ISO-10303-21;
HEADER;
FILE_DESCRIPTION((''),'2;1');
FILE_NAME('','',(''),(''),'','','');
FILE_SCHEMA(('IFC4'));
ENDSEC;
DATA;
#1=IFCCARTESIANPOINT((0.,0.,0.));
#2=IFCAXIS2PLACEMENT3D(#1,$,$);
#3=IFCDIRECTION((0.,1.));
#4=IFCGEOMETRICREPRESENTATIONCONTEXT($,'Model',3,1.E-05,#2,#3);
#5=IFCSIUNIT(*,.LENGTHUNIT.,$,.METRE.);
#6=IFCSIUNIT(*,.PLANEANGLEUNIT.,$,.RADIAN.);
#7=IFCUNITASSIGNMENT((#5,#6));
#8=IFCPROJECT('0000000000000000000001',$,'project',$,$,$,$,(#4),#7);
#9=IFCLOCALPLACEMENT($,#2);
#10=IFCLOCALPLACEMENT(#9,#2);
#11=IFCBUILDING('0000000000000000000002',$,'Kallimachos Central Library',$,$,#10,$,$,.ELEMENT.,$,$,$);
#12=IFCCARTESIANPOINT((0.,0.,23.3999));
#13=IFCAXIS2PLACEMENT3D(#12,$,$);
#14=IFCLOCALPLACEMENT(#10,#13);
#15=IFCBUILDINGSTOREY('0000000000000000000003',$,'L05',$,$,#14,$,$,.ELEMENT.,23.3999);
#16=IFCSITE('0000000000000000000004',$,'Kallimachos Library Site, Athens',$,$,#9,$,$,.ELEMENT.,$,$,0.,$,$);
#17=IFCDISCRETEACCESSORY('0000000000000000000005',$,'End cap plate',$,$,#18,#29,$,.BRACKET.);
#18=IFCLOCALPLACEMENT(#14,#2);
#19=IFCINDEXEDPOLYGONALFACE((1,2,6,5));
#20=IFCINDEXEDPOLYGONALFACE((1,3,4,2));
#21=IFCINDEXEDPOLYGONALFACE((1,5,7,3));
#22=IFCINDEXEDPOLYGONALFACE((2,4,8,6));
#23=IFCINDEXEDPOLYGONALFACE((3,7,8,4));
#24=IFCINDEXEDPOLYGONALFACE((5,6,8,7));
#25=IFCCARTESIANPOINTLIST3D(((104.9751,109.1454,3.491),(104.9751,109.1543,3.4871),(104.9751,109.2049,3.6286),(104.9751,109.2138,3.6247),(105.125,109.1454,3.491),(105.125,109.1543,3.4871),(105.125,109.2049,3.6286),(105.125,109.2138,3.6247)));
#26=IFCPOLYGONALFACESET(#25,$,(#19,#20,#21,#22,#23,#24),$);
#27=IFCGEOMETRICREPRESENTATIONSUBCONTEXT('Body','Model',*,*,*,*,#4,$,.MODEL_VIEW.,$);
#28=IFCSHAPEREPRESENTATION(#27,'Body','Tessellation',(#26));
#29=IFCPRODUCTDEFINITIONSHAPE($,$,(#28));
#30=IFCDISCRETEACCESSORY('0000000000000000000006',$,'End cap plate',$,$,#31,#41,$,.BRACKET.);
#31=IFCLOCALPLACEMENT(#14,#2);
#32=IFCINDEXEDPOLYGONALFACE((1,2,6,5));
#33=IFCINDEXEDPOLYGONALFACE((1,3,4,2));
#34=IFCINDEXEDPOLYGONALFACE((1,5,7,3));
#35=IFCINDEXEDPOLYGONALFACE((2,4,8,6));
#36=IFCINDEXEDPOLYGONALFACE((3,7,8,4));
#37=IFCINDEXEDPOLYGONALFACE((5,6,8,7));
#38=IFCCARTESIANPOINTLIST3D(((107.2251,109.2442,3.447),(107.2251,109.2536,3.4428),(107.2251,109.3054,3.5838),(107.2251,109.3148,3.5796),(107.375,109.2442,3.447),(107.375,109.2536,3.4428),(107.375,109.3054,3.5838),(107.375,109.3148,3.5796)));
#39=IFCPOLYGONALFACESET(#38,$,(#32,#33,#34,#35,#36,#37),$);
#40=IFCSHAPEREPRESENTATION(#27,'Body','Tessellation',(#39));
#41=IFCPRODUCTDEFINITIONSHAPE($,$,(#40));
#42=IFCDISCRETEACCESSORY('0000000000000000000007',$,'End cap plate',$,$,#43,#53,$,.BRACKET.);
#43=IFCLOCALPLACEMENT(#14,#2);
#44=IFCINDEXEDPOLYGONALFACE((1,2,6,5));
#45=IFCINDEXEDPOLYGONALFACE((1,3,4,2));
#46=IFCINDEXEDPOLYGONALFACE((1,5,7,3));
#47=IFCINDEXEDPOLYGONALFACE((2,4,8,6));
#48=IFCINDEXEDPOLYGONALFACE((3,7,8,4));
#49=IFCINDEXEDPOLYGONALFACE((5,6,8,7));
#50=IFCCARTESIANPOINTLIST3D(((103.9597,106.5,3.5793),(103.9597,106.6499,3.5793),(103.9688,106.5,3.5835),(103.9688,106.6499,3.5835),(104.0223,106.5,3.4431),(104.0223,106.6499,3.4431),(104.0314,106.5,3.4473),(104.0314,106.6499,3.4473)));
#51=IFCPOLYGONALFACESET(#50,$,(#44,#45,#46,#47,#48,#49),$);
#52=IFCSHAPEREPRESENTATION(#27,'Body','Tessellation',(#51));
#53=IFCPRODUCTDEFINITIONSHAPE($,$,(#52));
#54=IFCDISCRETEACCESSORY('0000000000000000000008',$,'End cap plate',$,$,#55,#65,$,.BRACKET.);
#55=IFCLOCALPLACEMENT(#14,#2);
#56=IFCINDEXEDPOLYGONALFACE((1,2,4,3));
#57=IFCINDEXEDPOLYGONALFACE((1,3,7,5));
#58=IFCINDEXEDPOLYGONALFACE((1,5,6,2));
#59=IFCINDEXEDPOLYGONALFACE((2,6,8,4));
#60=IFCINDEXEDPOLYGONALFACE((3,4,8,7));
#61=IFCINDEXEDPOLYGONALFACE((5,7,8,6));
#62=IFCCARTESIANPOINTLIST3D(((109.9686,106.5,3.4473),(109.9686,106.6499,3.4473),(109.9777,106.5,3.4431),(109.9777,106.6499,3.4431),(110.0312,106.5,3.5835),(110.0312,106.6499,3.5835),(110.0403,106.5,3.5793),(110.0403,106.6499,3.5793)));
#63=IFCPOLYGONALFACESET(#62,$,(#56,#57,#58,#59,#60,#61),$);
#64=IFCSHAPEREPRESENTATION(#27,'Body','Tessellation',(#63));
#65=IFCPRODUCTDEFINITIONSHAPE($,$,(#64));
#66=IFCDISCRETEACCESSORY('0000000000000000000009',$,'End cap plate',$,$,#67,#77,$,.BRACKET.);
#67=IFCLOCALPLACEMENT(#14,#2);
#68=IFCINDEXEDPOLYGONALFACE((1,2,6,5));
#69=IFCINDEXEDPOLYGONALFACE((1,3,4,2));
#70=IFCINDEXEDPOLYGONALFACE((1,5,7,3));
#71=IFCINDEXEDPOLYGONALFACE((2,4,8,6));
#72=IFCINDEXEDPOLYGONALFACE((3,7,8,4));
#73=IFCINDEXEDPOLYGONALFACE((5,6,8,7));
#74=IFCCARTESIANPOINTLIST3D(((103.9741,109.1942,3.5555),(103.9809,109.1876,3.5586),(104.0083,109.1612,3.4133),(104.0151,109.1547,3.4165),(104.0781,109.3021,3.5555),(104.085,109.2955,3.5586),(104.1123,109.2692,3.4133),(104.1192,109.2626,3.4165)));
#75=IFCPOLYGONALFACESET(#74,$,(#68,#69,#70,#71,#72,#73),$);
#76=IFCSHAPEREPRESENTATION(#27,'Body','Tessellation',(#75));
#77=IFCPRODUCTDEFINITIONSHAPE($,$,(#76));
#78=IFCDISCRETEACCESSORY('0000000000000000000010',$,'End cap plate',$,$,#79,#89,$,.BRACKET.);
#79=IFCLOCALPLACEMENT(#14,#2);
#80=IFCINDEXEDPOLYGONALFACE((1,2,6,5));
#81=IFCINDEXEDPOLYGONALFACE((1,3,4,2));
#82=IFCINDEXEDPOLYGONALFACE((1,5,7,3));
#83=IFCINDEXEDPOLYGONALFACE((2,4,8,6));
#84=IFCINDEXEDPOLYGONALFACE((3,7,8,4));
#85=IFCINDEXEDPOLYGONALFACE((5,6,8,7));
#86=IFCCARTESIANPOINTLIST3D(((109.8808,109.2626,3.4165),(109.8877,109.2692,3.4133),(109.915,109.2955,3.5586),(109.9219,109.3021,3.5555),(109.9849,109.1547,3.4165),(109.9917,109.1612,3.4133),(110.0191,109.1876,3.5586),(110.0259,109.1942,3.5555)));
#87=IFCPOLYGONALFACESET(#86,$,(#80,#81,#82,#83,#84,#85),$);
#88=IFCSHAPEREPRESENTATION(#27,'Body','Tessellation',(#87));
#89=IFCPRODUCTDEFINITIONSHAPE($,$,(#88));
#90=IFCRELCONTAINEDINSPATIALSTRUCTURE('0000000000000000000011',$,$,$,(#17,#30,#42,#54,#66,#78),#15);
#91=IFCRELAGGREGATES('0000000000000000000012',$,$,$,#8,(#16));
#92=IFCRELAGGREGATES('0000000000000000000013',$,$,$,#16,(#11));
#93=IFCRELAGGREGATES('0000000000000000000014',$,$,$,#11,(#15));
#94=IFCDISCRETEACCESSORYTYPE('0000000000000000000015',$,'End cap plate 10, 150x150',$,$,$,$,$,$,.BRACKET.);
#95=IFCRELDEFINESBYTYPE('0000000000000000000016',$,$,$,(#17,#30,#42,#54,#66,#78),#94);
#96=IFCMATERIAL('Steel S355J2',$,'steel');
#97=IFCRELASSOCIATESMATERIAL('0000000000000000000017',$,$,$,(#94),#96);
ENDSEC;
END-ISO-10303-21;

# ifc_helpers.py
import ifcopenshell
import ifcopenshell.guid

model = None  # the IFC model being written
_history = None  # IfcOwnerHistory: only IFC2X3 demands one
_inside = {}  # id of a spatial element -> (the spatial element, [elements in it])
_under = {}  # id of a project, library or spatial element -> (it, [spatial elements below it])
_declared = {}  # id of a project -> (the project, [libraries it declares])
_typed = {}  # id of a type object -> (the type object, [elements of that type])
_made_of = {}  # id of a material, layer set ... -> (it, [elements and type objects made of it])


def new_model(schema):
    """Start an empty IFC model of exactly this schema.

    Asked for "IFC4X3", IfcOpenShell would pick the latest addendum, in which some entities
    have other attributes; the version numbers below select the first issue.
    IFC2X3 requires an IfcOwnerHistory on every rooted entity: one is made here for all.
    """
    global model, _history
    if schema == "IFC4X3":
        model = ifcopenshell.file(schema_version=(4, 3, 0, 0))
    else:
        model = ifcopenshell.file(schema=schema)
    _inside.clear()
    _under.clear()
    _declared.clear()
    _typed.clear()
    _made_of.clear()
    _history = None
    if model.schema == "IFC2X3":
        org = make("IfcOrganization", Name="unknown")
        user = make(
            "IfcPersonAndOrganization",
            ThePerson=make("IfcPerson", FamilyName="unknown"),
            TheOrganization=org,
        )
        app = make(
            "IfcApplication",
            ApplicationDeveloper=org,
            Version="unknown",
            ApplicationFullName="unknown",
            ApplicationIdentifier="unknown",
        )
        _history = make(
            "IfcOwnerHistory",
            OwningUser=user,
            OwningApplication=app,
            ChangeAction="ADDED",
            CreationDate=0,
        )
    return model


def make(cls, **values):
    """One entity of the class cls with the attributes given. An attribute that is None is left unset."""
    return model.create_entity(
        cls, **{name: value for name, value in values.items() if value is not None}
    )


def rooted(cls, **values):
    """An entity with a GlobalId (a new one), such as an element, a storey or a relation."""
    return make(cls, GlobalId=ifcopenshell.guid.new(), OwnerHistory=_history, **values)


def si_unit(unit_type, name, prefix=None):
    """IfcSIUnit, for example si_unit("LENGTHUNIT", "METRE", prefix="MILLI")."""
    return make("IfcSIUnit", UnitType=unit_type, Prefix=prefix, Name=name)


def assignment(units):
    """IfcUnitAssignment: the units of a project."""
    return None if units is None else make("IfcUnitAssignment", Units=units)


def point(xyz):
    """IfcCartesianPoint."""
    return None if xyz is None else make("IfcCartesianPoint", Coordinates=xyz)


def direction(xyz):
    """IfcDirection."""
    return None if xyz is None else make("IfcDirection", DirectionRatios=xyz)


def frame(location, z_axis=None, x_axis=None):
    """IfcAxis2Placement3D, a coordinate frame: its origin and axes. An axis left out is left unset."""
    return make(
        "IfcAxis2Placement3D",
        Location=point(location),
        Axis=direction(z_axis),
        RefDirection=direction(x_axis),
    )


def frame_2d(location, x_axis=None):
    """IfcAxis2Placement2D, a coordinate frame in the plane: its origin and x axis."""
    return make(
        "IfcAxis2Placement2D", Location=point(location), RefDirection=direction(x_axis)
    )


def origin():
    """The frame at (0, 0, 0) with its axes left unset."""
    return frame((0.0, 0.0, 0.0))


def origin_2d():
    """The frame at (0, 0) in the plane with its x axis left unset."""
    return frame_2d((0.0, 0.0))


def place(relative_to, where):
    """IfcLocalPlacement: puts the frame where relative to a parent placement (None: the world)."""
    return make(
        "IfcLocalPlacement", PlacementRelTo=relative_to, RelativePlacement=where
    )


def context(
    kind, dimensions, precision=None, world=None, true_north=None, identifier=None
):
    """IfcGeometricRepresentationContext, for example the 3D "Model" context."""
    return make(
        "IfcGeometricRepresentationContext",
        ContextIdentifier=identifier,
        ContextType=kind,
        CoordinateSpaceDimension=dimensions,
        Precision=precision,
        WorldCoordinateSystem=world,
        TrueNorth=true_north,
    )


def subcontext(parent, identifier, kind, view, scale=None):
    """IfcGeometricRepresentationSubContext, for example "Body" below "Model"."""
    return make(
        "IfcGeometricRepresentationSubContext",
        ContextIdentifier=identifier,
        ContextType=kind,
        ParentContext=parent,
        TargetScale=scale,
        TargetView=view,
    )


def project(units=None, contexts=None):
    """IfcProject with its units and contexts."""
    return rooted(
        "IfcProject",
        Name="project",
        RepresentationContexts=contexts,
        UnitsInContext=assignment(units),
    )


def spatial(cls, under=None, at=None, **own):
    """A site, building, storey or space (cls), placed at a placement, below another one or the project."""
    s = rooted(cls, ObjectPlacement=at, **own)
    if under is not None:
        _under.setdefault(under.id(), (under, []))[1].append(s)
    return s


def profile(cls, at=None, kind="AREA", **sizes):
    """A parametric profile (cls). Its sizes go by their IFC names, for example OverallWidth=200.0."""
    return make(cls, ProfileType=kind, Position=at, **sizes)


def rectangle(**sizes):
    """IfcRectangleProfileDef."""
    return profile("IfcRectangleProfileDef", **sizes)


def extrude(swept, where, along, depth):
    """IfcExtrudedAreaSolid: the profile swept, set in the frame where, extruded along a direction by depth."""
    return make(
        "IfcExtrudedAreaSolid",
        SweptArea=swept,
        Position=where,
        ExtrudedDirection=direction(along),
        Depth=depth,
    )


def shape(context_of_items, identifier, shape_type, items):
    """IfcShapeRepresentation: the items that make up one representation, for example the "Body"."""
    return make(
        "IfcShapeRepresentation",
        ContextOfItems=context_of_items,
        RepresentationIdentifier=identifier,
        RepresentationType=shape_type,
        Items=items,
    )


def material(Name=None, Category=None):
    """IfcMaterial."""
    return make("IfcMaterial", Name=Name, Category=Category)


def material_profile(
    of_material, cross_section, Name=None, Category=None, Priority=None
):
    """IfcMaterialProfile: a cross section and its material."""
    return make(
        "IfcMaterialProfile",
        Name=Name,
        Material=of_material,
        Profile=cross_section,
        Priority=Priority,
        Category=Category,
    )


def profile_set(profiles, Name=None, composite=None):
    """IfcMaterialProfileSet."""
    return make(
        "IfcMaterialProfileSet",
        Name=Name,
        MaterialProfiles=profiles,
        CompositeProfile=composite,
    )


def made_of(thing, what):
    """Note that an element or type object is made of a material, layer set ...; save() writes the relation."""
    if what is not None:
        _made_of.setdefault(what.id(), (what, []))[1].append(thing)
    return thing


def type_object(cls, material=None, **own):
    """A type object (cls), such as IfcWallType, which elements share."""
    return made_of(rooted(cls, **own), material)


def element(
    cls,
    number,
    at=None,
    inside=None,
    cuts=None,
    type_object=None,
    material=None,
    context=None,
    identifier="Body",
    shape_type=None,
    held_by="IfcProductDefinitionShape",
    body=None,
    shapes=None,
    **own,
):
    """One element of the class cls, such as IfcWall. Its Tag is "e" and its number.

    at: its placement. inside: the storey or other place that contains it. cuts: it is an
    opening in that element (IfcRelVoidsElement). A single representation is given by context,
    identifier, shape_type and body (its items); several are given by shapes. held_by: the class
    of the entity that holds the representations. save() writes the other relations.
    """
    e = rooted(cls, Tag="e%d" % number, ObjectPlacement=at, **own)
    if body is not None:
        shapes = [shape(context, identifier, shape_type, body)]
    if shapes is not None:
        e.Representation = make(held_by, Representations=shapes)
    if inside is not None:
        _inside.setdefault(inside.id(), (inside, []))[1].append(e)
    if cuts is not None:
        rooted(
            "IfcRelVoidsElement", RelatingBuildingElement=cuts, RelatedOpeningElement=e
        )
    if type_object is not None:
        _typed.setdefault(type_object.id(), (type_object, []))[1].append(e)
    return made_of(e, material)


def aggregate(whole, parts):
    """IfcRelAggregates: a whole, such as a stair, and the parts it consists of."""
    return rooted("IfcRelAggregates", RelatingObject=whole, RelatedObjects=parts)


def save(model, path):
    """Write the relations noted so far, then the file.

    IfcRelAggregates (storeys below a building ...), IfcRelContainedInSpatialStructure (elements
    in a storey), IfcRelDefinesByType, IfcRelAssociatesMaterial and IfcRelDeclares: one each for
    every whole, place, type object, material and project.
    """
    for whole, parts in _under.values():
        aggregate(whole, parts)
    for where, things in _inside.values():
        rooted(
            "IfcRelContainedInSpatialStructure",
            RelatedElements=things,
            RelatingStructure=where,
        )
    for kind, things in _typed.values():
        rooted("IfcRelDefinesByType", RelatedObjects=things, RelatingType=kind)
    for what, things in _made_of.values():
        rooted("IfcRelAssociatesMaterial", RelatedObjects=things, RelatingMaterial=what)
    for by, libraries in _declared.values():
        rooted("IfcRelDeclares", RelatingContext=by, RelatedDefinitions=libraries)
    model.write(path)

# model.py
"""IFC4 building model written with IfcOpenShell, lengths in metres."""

from ifc_helpers import new_model, si_unit, direction, frame, origin, origin_2d, place, context, subcontext, project, spatial, rectangle, extrude, material, material_profile, profile_set, type_object, element, save


model = new_model("IFC4")

# Units and contexts
model_context = context("Model", 3, precision=1e-05, world=origin(), true_north=direction((0.0, 1.0)))
body_context = subcontext(model_context, "Body", "Model", "MODEL_VIEW")
ifc_project = project(units=[si_unit("LENGTHUNIT", "METRE"), si_unit("PLANEANGLEUNIT", "RADIAN")], contexts=[model_context])

# Site, building, storey
site_placement = place(None, origin())
site = spatial("IfcSite", under=ifc_project, at=site_placement, Name="Kallimachos Library Site, Athens", CompositionType="ELEMENT", RefElevation=0.0)
building_placement = place(site_placement, origin())
building = spatial("IfcBuilding", under=site, at=building_placement, Name="Kallimachos Central Library", CompositionType="ELEMENT")
storey_placement = place(building_placement, frame((0.0, 0.0, 23.3999)))
storey = spatial("IfcBuildingStorey", under=building, at=storey_placement, Name="L05", CompositionType="ELEMENT", Elevation=23.3999)

# Discrete accessories
ifc_material_1 = material(Name="Steel S355J2", Category="steel")
ifc_material_profile_1 = material_profile(ifc_material_1, rectangle(XDim=0.1499, YDim=0.1499, at=origin_2d()), Name="End cap plate 10, 150x150")
ifc_profile_set_1 = profile_set([ifc_material_profile_1], Name="Steel S355J2")
discrete_accessory_type = type_object("IfcDiscreteAccessoryType", Name="End cap plate 10, 150x150", PredefinedType="BRACKET", material=ifc_profile_set_1)
discrete_accessory_1_placement = place(storey_placement, frame((105.05, 109.1841, 3.5559), z_axis=(0.0, -0.917857, 0.396911), x_axis=(1.0, 0.0, 0.0)))
element("IfcDiscreteAccessory", 1, at=discrete_accessory_1_placement, inside=storey, type_object=discrete_accessory_type, Name="End cap plate", PredefinedType="BRACKET", context=body_context, shape_type="SweptSolid", body=[
    extrude(rectangle(XDim=0.1499, YDim=0.1499, at=origin_2d()), origin(), (0.0, 0.0, 1.0), 0.0098),
])
discrete_accessory_2_placement = place(storey_placement, frame((107.3, 109.2842, 3.5112), z_axis=(0.0, -0.912818, 0.408366), x_axis=(1.0, 0.0, 0.0)))
element("IfcDiscreteAccessory", 2, at=discrete_accessory_2_placement, inside=storey, type_object=discrete_accessory_type, Name="End cap plate", PredefinedType="BRACKET", context=body_context, shape_type="SweptSolid", body=[
    extrude(rectangle(XDim=0.1499, YDim=0.1499, at=origin_2d()), origin(), (0.0, 0.0, 1.0), 0.0103),
])
for number, where, z_axis, x_axis, name in (
    (3, (103.991, 106.575, 3.5112), (0.908677, 0.0, 0.4175), (0.0, 1.0, 0.0), "End cap plate"),
    (4, (110.009, 106.575, 3.5112), (-0.908677, 0.0, 0.4175), (0.0, -1.0, 0.0), "End cap plate"),
    (5, (104.0432, 109.2317, 3.4844), (0.682724, -0.658341, 0.316979), (0.694136, 0.719844, 0.0), "End cap plate"),
    (6, (109.9568, 109.2317, 3.4844), (-0.682724, -0.658341, 0.316979), (0.694136, -0.719844, 0.0), "End cap plate"),
):
    element("IfcDiscreteAccessory", number, at=place(storey_placement, frame(where, z_axis=z_axis, x_axis=x_axis)), inside=storey, type_object=discrete_accessory_type, Name=name, PredefinedType="BRACKET", context=body_context, shape_type="SweptSolid", body=[
        extrude(rectangle(XDim=0.1499, YDim=0.1499, at=origin_2d()), origin(), (0.0, 0.0, 1.0), 0.01),
    ])

save(model, "model.ifc")
